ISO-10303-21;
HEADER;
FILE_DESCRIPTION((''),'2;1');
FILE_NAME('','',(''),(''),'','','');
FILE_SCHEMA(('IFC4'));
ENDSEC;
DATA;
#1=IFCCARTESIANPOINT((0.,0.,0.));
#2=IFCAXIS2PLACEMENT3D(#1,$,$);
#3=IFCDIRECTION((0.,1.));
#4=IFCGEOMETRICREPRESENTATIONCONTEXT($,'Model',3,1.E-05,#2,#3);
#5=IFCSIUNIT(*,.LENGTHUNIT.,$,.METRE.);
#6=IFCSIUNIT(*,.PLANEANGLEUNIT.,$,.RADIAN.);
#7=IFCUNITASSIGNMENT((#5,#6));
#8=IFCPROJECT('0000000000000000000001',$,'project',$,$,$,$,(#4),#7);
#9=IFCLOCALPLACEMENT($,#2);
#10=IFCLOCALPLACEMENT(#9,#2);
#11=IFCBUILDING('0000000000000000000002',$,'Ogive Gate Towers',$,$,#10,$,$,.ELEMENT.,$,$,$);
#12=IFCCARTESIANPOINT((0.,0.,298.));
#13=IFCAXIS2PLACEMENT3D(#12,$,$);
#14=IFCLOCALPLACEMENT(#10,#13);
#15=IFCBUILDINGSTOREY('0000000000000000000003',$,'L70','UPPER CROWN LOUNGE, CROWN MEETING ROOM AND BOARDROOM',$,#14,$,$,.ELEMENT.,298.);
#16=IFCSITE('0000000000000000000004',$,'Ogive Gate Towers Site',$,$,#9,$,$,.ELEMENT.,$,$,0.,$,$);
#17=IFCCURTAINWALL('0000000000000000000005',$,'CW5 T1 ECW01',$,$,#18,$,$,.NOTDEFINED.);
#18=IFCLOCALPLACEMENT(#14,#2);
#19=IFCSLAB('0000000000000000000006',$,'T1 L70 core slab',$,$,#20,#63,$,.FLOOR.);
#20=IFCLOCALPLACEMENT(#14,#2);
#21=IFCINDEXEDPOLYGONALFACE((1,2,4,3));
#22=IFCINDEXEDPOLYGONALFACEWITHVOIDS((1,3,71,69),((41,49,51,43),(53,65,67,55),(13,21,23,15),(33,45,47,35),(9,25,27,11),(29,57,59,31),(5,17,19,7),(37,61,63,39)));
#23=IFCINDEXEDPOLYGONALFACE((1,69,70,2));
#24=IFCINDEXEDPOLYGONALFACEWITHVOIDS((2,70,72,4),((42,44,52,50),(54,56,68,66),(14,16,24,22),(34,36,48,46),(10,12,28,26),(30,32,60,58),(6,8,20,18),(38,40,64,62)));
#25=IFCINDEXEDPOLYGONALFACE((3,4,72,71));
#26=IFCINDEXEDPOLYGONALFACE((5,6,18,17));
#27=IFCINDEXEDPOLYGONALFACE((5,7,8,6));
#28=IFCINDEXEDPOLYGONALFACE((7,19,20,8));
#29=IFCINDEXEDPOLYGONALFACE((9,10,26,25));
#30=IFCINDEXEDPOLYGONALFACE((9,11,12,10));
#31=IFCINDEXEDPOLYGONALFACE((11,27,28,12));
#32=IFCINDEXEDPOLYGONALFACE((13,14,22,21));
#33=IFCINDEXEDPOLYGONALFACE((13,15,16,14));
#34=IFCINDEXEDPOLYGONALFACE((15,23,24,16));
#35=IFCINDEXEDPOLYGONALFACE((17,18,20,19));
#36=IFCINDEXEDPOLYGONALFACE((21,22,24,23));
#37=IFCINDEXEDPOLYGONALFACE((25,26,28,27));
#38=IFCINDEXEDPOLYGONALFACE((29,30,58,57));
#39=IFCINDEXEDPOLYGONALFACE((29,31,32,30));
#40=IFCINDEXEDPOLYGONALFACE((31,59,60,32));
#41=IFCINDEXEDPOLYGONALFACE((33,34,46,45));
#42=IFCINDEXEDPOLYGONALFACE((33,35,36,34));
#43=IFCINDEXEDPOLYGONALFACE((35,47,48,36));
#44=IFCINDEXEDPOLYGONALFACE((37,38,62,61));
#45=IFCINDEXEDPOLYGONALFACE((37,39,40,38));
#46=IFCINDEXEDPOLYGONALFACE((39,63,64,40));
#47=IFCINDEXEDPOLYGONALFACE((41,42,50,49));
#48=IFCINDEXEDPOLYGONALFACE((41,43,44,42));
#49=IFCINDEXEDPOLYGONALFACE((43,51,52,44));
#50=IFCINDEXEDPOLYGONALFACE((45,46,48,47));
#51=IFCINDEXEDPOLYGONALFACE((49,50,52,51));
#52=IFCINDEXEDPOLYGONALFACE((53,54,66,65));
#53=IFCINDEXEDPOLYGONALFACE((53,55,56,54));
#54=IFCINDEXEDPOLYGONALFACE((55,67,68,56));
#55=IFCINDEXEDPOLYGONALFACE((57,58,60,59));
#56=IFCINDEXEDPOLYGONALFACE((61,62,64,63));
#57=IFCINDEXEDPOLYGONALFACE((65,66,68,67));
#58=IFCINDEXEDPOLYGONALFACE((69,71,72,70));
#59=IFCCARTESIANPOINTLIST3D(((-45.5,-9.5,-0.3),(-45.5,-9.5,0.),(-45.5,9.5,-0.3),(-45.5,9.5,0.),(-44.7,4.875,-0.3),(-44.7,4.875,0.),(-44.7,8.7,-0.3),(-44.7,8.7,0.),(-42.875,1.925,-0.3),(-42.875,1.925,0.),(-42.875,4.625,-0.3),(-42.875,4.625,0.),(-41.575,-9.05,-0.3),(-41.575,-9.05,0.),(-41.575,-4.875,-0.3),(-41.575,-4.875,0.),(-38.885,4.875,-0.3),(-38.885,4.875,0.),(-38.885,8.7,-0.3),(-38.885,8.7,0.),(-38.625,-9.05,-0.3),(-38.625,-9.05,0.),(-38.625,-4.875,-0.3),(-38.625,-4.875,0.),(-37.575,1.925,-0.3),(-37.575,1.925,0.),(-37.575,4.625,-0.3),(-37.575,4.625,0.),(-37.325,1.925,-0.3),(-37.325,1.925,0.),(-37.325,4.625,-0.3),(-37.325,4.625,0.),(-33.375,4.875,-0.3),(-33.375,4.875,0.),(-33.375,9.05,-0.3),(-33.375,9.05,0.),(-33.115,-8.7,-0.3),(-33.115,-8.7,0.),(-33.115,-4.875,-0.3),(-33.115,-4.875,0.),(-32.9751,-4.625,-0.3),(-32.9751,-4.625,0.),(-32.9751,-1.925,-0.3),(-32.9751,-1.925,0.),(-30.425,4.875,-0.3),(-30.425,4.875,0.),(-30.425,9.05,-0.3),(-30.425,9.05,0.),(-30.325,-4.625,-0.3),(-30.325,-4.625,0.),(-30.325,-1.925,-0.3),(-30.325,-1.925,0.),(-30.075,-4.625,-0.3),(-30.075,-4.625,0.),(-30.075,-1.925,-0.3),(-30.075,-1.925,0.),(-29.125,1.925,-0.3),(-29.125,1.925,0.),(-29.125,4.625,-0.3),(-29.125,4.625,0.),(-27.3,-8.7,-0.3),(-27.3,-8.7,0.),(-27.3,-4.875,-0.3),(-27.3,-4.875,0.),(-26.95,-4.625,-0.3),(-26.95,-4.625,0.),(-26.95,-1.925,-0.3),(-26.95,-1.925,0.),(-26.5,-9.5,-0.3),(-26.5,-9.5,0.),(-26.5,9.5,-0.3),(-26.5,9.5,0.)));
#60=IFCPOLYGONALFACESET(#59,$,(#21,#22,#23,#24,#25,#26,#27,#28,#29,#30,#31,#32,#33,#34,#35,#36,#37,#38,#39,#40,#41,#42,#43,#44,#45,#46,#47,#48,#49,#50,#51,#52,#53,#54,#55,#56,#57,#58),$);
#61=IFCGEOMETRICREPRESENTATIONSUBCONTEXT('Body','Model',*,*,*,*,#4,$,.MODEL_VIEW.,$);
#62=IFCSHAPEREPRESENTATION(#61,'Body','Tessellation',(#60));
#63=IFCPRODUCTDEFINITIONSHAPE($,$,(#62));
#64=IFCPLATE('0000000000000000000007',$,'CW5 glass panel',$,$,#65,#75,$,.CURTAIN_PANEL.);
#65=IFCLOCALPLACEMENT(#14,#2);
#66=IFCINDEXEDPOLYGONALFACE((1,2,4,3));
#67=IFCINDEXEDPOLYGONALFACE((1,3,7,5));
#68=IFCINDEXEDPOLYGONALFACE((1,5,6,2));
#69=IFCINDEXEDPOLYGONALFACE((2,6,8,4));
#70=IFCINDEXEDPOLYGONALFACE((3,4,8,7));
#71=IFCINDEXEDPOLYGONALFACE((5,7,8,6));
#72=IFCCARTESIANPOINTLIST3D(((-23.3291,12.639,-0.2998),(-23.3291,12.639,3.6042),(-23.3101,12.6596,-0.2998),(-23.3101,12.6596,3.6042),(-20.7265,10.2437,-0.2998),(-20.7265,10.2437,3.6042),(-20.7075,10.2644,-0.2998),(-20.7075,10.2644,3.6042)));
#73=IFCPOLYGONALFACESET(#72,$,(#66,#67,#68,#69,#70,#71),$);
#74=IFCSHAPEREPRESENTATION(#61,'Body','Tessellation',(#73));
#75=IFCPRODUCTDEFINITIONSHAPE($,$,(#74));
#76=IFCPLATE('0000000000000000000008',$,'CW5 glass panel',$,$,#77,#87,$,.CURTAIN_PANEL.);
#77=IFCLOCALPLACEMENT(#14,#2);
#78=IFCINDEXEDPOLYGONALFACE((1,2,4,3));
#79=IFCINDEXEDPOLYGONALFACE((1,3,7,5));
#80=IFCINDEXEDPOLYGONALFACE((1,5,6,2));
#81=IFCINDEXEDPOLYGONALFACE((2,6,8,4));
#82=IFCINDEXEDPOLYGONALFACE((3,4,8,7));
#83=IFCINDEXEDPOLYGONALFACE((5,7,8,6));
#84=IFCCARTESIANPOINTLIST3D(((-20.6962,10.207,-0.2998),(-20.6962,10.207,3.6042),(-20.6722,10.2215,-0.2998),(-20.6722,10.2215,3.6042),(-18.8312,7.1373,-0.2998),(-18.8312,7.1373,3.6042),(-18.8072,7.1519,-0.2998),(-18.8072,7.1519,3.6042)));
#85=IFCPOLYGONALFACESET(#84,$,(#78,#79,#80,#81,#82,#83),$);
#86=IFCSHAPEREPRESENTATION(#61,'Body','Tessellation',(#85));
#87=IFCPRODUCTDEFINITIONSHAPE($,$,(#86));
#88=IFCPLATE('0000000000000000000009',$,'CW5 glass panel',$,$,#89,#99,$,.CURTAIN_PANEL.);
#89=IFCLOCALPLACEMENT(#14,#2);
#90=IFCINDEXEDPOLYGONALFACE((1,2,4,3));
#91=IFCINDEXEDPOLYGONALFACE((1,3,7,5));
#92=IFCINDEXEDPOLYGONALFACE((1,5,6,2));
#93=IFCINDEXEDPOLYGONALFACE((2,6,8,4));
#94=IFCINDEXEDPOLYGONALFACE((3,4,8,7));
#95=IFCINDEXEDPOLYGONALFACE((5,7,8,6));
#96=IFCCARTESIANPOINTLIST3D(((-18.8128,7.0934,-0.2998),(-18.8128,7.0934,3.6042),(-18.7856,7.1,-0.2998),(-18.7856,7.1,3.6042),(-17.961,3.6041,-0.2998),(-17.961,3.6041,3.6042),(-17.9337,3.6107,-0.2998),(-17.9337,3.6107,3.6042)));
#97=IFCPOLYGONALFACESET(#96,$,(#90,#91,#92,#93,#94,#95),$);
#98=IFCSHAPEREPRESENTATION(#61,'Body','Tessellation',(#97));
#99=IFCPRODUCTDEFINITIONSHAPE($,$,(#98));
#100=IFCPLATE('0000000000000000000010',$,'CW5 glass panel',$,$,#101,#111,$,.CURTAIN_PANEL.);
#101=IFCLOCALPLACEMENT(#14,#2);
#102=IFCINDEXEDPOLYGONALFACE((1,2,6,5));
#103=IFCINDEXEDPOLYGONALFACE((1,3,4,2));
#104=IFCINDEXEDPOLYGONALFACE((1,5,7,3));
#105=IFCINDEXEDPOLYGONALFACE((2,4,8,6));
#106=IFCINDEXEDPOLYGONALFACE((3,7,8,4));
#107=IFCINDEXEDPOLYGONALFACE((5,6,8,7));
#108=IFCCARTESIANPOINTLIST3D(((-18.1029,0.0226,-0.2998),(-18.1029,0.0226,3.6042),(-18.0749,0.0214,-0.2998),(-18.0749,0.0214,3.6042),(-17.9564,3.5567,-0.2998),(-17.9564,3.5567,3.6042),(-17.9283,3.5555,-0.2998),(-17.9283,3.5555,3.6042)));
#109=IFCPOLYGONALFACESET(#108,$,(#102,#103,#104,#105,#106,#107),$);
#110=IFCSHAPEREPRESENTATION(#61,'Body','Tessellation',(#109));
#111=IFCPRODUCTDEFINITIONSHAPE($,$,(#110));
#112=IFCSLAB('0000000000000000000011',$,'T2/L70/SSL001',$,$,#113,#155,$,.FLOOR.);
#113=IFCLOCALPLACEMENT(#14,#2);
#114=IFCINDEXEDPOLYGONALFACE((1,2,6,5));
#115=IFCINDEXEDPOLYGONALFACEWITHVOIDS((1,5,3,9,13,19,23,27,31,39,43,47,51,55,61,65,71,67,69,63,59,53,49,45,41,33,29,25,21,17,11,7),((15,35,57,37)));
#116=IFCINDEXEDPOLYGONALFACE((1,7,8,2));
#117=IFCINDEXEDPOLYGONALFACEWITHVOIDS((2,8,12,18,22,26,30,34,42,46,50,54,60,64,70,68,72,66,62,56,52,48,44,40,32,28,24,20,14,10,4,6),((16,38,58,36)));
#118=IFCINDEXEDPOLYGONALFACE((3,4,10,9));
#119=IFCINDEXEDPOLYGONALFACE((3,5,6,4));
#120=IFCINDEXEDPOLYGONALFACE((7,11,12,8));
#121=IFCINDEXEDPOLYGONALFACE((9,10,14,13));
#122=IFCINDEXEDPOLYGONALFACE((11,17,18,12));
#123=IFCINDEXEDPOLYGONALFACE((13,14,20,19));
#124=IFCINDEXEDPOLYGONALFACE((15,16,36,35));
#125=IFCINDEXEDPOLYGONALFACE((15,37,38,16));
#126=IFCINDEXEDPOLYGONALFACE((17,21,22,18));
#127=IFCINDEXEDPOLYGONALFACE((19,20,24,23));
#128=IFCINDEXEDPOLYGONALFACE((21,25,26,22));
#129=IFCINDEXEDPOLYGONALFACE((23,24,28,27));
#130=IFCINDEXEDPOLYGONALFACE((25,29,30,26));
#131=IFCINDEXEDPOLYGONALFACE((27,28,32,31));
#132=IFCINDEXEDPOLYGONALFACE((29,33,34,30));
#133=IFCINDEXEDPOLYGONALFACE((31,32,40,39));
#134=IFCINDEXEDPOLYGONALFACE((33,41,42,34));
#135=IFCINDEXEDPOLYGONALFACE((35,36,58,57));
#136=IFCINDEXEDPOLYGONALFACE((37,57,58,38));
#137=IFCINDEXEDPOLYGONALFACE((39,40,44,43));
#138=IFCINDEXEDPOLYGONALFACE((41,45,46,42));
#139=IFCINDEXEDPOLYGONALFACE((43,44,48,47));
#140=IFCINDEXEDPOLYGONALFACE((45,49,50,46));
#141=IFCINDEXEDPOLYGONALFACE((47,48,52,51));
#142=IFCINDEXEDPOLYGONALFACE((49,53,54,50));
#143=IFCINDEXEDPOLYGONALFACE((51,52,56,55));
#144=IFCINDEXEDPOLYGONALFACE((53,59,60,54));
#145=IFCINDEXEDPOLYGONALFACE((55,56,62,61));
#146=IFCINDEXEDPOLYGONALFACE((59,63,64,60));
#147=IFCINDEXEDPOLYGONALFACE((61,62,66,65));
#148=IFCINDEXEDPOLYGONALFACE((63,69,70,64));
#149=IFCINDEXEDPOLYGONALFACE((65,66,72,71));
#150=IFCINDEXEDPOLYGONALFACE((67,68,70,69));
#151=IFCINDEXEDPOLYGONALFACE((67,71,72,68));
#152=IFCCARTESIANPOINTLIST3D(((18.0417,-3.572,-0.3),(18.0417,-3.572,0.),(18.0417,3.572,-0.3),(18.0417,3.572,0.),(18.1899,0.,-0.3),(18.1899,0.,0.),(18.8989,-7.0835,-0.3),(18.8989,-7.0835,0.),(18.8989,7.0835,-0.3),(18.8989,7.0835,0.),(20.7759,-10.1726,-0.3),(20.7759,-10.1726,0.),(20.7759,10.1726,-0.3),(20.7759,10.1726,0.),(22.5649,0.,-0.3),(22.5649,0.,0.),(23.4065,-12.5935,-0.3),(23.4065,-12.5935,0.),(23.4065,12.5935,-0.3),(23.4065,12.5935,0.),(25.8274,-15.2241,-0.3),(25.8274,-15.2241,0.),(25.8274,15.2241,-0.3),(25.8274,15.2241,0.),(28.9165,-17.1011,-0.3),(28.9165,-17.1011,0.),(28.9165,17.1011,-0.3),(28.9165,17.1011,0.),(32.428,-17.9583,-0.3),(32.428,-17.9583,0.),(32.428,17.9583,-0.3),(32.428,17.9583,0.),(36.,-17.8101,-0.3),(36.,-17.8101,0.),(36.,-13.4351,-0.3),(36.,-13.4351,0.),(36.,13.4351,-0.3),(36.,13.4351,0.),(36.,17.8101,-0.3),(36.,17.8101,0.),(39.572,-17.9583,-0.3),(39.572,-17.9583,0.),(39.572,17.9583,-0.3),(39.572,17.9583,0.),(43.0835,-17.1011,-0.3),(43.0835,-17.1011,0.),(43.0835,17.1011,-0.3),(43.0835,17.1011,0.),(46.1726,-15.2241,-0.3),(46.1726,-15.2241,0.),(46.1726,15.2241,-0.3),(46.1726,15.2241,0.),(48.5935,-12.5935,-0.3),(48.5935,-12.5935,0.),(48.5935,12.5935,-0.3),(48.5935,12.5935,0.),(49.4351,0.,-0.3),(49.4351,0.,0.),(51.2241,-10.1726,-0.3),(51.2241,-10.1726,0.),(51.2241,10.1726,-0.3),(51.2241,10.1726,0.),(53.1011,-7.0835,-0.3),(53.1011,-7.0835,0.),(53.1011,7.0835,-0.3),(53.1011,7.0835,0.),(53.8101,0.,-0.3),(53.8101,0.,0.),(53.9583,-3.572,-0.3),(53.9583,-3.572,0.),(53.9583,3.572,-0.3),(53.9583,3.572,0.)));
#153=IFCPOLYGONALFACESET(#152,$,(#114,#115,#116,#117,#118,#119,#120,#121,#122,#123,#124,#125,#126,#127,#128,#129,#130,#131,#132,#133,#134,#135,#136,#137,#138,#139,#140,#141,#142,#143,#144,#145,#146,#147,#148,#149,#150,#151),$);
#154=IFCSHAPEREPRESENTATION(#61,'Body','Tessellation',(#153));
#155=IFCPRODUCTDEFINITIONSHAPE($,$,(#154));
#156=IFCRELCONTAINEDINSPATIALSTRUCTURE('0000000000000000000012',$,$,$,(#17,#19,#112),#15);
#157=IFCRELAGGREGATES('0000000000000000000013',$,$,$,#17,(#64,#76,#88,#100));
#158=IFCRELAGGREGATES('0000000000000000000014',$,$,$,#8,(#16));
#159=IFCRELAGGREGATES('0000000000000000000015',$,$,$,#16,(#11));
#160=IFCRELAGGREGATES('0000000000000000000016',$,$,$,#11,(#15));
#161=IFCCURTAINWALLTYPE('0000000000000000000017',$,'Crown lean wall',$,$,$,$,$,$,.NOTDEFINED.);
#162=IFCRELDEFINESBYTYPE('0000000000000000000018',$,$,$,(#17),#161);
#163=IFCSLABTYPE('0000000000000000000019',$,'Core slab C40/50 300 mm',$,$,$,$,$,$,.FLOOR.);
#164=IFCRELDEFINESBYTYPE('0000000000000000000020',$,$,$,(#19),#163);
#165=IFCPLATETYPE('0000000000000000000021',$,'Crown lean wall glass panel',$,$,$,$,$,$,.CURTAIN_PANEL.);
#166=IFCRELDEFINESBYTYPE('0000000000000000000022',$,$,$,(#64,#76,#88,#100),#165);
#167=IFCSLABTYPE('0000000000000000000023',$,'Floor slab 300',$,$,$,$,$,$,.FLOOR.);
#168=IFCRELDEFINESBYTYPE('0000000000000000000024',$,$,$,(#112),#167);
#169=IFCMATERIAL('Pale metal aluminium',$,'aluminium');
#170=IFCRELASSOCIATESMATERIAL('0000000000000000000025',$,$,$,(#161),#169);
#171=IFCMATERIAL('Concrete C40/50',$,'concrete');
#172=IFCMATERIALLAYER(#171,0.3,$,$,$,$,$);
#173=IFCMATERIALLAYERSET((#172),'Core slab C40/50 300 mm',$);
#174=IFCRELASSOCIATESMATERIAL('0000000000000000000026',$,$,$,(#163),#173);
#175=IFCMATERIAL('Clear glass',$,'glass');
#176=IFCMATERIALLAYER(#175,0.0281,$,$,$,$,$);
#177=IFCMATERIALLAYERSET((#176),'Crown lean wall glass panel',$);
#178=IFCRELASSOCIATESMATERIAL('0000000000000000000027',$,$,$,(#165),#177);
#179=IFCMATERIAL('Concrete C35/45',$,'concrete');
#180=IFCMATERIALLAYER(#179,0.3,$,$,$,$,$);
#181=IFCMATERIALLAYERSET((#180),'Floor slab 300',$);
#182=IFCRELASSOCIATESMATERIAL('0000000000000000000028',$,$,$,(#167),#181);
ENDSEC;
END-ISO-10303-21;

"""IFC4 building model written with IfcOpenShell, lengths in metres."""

from ifc_helpers import new_model, si_unit, direction, frame, origin, origin_2d, place, context, subcontext, project, spatial, polyline, rectangle, outline, extrude, material, layer, layer_set, type_object, element, aggregate, save


model = new_model("IFC4")

# Units and contexts
model_context = context("Model", 3, precision=1e-05, world=origin(), true_north=direction((0.0, 1.0)))
body_context = subcontext(model_context, "Body", "Model", "MODEL_VIEW")
ifc_project = project(units=[si_unit("LENGTHUNIT", "METRE"), si_unit("PLANEANGLEUNIT", "RADIAN")], contexts=[model_context])

# Site, building, storey
site_placement = place(None, origin())
site = spatial("IfcSite", under=ifc_project, at=site_placement, Name="Ogive Gate Towers Site", CompositionType="ELEMENT", RefElevation=0.0)
building_placement = place(site_placement, origin())
building = spatial("IfcBuilding", under=site, at=building_placement, Name="Ogive Gate Towers", CompositionType="ELEMENT")
storey_placement = place(building_placement, frame((0.0, 0.0, 298.0)))
storey = spatial("IfcBuildingStorey", under=building, at=storey_placement, Name="L70", Description="UPPER CROWN LOUNGE, CROWN MEETING ROOM AND BOARDROOM", CompositionType="ELEMENT", Elevation=298.0)

# Curtain wall
ifc_material_1 = material(Name="Pale metal aluminium", Category="aluminium")
curtain_wall_type = type_object("IfcCurtainWallType", Name="Crown lean wall", PredefinedType="NOTDEFINED", material=ifc_material_1)
curtain_wall_placement = place(storey_placement, origin())
curtain_wall = element("IfcCurtainWall", 1, at=curtain_wall_placement, inside=storey, type_object=curtain_wall_type, Name="CW5 T1 ECW01", PredefinedType="NOTDEFINED")

# Slab
ifc_material_2 = material(Name="Concrete C40/50", Category="concrete")
ifc_layer_1 = layer(ifc_material_2, 0.3)
ifc_layer_set_1 = layer_set([ifc_layer_1], Name="Core slab C40/50 300 mm")
slab_type_1 = type_object("IfcSlabType", Name="Core slab C40/50 300 mm", PredefinedType="FLOOR", material=ifc_layer_set_1)
slab_1_placement = place(storey_placement, frame((0.0, 0.0, -0.3)))
element("IfcSlab", 2, at=slab_1_placement, inside=storey, type_object=slab_type_1, Name="T1 L70 core slab", PredefinedType="FLOOR", context=body_context, shape_type="SweptSolid", body=[
    extrude(outline(polyline([(-45.5, -9.5), (-45.5, 9.5), (-26.5, 9.5), (-26.5, -9.5), (-45.5, -9.5)]), holes=[polyline([(-42.875, 1.925), (-37.575, 1.925), (-37.575, 4.625), (-42.875, 4.625), (-42.875, 1.925)]), polyline([(-37.325, 4.625), (-37.325, 1.925), (-29.125, 1.925), (-29.125, 4.625), (-37.325, 4.625)]), polyline([(-30.325, -1.925), (-32.9751, -1.925), (-32.9751, -4.625), (-30.325, -4.625), (-30.325, -1.925)]), polyline([(-26.95, -4.625), (-26.95, -1.925), (-30.075, -1.925), (-30.075, -4.625), (-26.95, -4.625)]), polyline([(-33.375, 4.875), (-30.425, 4.875), (-30.425, 9.05), (-33.375, 9.05), (-33.375, 4.875)]), polyline([(-41.575, -4.875), (-41.575, -9.05), (-38.625, -9.05), (-38.625, -4.875), (-41.575, -4.875)]), polyline([(-44.7, 4.875), (-38.885, 4.875), (-38.885, 8.7), (-44.7, 8.7), (-44.7, 4.875)]), polyline([(-27.3, -8.7), (-27.3, -4.875), (-33.115, -4.875), (-33.115, -8.7), (-27.3, -8.7)])]), origin(), (0.0, 0.0, 1.0), 0.3),
])

# Plates
ifc_material_3 = material(Name="Clear glass", Category="glass")
ifc_layer_2 = layer(ifc_material_3, 0.0281)
ifc_layer_set_2 = layer_set([ifc_layer_2], Name="Crown lean wall glass panel")
plate_type = type_object("IfcPlateType", Name="Crown lean wall glass panel", PredefinedType="CURTAIN_PANEL", material=ifc_layer_set_2)
plate_1_placement = place(storey_placement, frame((-22.0183, 11.4517, -0.2998), z_axis=(0.0, 0.0, 1.0), x_axis=(0.735813, -0.677184, 0.0)))
plate_1 = element("IfcPlate", 3, at=plate_1_placement, type_object=plate_type, Name="CW5 glass panel", PredefinedType="CURTAIN_PANEL", context=body_context, shape_type="SweptSolid", body=[
    extrude(rectangle(XDim=3.5371, YDim=0.0281, at=origin_2d()), origin(), (0.0, 0.0, 1.0), 3.9041),
])
plate_2_placement = place(storey_placement, frame((-19.7517, 8.6794, -0.2998), z_axis=(0.0, 0.0, 1.0), x_axis=(0.519251, -0.854622, 0.0)))
plate_2 = element("IfcPlate", 4, at=plate_2_placement, type_object=plate_type, Name="CW5 glass panel", PredefinedType="CURTAIN_PANEL", context=body_context, shape_type="SweptSolid", body=[
    extrude(rectangle(XDim=3.5918, YDim=0.0281, at=origin_2d()), origin(), (0.0, 0.0, 1.0), 3.9041),
])
plate_3_placement = place(storey_placement, frame((-18.3733, 5.3521, -0.2998), z_axis=(0.0, 0.0, 1.0), x_axis=(0.23716, -0.971471, 0.0)))
plate_3 = element("IfcPlate", 5, at=plate_3_placement, type_object=plate_type, Name="CW5 glass panel", PredefinedType="CURTAIN_PANEL", context=body_context, shape_type="SweptSolid", body=[
    extrude(rectangle(XDim=3.5918, YDim=0.0281, at=origin_2d()), origin(), (0.0, 0.0, 1.0), 3.9041),
])
plate_4_placement = place(storey_placement, frame((-18.0156, 1.7891, -0.2998), z_axis=(0.0, 0.0, 1.0), x_axis=(-0.04144, -0.999141, 0.0)))
plate_4 = element("IfcPlate", 6, at=plate_4_placement, type_object=plate_type, Name="CW5 glass panel", PredefinedType="CURTAIN_PANEL", context=body_context, shape_type="SweptSolid", body=[
    extrude(rectangle(XDim=3.5371, YDim=0.0281, at=origin_2d()), origin(), (0.0, 0.0, 1.0), 3.9041),
])
aggregate(curtain_wall, [plate_1, plate_2, plate_3, plate_4])

# Slab
ifc_material_4 = material(Name="Concrete C35/45", Category="concrete")
ifc_layer_3 = layer(ifc_material_4, 0.3)
ifc_layer_set_3 = layer_set([ifc_layer_3], Name="Floor slab 300")
slab_type_2 = type_object("IfcSlabType", Name="Floor slab 300", PredefinedType="FLOOR", material=ifc_layer_set_3)
slab_2_placement = place(storey_placement, frame((0.0, 0.0, -0.3)))
element("IfcSlab", 7, at=slab_2_placement, inside=storey, type_object=slab_type_2, Name="T2/L70/SSL001", PredefinedType="FLOOR", context=body_context, shape_type="SweptSolid", body=[
    extrude(outline(polyline([(53.1011, -7.0835), (53.9583, -3.572), (53.8101, 0.0), (53.9583, 3.572), (53.1011, 7.0835), (51.2241, 10.1726), (48.5935, 12.5935), (46.1726, 15.2241), (43.0835, 17.1011), (39.572, 17.9583), (36.0, 17.8101), (32.428, 17.9583), (28.9165, 17.1011), (25.8274, 15.2241), (23.4065, 12.5935), (20.7759, 10.1726), (18.8989, 7.0835), (18.0417, 3.572), (18.1899, 0.0), (18.0417, -3.572), (18.8989, -7.0835), (20.7759, -10.1726), (23.4065, -12.5935), (25.8274, -15.2241), (28.9165, -17.1011), (32.428, -17.9583), (36.0, -17.8101), (39.572, -17.9583), (43.0835, -17.1011), (46.1726, -15.2241), (48.5935, -12.5935), (51.2241, -10.1726), (53.1011, -7.0835)]), holes=[polyline([(49.4351, 0.0), (36.0, -13.4351), (22.5649, 0.0), (36.0, 13.4351), (49.4351, 0.0)])]), origin(), (0.0, 0.0, 1.0), 0.3),
])

save(model, "model.ifc")
